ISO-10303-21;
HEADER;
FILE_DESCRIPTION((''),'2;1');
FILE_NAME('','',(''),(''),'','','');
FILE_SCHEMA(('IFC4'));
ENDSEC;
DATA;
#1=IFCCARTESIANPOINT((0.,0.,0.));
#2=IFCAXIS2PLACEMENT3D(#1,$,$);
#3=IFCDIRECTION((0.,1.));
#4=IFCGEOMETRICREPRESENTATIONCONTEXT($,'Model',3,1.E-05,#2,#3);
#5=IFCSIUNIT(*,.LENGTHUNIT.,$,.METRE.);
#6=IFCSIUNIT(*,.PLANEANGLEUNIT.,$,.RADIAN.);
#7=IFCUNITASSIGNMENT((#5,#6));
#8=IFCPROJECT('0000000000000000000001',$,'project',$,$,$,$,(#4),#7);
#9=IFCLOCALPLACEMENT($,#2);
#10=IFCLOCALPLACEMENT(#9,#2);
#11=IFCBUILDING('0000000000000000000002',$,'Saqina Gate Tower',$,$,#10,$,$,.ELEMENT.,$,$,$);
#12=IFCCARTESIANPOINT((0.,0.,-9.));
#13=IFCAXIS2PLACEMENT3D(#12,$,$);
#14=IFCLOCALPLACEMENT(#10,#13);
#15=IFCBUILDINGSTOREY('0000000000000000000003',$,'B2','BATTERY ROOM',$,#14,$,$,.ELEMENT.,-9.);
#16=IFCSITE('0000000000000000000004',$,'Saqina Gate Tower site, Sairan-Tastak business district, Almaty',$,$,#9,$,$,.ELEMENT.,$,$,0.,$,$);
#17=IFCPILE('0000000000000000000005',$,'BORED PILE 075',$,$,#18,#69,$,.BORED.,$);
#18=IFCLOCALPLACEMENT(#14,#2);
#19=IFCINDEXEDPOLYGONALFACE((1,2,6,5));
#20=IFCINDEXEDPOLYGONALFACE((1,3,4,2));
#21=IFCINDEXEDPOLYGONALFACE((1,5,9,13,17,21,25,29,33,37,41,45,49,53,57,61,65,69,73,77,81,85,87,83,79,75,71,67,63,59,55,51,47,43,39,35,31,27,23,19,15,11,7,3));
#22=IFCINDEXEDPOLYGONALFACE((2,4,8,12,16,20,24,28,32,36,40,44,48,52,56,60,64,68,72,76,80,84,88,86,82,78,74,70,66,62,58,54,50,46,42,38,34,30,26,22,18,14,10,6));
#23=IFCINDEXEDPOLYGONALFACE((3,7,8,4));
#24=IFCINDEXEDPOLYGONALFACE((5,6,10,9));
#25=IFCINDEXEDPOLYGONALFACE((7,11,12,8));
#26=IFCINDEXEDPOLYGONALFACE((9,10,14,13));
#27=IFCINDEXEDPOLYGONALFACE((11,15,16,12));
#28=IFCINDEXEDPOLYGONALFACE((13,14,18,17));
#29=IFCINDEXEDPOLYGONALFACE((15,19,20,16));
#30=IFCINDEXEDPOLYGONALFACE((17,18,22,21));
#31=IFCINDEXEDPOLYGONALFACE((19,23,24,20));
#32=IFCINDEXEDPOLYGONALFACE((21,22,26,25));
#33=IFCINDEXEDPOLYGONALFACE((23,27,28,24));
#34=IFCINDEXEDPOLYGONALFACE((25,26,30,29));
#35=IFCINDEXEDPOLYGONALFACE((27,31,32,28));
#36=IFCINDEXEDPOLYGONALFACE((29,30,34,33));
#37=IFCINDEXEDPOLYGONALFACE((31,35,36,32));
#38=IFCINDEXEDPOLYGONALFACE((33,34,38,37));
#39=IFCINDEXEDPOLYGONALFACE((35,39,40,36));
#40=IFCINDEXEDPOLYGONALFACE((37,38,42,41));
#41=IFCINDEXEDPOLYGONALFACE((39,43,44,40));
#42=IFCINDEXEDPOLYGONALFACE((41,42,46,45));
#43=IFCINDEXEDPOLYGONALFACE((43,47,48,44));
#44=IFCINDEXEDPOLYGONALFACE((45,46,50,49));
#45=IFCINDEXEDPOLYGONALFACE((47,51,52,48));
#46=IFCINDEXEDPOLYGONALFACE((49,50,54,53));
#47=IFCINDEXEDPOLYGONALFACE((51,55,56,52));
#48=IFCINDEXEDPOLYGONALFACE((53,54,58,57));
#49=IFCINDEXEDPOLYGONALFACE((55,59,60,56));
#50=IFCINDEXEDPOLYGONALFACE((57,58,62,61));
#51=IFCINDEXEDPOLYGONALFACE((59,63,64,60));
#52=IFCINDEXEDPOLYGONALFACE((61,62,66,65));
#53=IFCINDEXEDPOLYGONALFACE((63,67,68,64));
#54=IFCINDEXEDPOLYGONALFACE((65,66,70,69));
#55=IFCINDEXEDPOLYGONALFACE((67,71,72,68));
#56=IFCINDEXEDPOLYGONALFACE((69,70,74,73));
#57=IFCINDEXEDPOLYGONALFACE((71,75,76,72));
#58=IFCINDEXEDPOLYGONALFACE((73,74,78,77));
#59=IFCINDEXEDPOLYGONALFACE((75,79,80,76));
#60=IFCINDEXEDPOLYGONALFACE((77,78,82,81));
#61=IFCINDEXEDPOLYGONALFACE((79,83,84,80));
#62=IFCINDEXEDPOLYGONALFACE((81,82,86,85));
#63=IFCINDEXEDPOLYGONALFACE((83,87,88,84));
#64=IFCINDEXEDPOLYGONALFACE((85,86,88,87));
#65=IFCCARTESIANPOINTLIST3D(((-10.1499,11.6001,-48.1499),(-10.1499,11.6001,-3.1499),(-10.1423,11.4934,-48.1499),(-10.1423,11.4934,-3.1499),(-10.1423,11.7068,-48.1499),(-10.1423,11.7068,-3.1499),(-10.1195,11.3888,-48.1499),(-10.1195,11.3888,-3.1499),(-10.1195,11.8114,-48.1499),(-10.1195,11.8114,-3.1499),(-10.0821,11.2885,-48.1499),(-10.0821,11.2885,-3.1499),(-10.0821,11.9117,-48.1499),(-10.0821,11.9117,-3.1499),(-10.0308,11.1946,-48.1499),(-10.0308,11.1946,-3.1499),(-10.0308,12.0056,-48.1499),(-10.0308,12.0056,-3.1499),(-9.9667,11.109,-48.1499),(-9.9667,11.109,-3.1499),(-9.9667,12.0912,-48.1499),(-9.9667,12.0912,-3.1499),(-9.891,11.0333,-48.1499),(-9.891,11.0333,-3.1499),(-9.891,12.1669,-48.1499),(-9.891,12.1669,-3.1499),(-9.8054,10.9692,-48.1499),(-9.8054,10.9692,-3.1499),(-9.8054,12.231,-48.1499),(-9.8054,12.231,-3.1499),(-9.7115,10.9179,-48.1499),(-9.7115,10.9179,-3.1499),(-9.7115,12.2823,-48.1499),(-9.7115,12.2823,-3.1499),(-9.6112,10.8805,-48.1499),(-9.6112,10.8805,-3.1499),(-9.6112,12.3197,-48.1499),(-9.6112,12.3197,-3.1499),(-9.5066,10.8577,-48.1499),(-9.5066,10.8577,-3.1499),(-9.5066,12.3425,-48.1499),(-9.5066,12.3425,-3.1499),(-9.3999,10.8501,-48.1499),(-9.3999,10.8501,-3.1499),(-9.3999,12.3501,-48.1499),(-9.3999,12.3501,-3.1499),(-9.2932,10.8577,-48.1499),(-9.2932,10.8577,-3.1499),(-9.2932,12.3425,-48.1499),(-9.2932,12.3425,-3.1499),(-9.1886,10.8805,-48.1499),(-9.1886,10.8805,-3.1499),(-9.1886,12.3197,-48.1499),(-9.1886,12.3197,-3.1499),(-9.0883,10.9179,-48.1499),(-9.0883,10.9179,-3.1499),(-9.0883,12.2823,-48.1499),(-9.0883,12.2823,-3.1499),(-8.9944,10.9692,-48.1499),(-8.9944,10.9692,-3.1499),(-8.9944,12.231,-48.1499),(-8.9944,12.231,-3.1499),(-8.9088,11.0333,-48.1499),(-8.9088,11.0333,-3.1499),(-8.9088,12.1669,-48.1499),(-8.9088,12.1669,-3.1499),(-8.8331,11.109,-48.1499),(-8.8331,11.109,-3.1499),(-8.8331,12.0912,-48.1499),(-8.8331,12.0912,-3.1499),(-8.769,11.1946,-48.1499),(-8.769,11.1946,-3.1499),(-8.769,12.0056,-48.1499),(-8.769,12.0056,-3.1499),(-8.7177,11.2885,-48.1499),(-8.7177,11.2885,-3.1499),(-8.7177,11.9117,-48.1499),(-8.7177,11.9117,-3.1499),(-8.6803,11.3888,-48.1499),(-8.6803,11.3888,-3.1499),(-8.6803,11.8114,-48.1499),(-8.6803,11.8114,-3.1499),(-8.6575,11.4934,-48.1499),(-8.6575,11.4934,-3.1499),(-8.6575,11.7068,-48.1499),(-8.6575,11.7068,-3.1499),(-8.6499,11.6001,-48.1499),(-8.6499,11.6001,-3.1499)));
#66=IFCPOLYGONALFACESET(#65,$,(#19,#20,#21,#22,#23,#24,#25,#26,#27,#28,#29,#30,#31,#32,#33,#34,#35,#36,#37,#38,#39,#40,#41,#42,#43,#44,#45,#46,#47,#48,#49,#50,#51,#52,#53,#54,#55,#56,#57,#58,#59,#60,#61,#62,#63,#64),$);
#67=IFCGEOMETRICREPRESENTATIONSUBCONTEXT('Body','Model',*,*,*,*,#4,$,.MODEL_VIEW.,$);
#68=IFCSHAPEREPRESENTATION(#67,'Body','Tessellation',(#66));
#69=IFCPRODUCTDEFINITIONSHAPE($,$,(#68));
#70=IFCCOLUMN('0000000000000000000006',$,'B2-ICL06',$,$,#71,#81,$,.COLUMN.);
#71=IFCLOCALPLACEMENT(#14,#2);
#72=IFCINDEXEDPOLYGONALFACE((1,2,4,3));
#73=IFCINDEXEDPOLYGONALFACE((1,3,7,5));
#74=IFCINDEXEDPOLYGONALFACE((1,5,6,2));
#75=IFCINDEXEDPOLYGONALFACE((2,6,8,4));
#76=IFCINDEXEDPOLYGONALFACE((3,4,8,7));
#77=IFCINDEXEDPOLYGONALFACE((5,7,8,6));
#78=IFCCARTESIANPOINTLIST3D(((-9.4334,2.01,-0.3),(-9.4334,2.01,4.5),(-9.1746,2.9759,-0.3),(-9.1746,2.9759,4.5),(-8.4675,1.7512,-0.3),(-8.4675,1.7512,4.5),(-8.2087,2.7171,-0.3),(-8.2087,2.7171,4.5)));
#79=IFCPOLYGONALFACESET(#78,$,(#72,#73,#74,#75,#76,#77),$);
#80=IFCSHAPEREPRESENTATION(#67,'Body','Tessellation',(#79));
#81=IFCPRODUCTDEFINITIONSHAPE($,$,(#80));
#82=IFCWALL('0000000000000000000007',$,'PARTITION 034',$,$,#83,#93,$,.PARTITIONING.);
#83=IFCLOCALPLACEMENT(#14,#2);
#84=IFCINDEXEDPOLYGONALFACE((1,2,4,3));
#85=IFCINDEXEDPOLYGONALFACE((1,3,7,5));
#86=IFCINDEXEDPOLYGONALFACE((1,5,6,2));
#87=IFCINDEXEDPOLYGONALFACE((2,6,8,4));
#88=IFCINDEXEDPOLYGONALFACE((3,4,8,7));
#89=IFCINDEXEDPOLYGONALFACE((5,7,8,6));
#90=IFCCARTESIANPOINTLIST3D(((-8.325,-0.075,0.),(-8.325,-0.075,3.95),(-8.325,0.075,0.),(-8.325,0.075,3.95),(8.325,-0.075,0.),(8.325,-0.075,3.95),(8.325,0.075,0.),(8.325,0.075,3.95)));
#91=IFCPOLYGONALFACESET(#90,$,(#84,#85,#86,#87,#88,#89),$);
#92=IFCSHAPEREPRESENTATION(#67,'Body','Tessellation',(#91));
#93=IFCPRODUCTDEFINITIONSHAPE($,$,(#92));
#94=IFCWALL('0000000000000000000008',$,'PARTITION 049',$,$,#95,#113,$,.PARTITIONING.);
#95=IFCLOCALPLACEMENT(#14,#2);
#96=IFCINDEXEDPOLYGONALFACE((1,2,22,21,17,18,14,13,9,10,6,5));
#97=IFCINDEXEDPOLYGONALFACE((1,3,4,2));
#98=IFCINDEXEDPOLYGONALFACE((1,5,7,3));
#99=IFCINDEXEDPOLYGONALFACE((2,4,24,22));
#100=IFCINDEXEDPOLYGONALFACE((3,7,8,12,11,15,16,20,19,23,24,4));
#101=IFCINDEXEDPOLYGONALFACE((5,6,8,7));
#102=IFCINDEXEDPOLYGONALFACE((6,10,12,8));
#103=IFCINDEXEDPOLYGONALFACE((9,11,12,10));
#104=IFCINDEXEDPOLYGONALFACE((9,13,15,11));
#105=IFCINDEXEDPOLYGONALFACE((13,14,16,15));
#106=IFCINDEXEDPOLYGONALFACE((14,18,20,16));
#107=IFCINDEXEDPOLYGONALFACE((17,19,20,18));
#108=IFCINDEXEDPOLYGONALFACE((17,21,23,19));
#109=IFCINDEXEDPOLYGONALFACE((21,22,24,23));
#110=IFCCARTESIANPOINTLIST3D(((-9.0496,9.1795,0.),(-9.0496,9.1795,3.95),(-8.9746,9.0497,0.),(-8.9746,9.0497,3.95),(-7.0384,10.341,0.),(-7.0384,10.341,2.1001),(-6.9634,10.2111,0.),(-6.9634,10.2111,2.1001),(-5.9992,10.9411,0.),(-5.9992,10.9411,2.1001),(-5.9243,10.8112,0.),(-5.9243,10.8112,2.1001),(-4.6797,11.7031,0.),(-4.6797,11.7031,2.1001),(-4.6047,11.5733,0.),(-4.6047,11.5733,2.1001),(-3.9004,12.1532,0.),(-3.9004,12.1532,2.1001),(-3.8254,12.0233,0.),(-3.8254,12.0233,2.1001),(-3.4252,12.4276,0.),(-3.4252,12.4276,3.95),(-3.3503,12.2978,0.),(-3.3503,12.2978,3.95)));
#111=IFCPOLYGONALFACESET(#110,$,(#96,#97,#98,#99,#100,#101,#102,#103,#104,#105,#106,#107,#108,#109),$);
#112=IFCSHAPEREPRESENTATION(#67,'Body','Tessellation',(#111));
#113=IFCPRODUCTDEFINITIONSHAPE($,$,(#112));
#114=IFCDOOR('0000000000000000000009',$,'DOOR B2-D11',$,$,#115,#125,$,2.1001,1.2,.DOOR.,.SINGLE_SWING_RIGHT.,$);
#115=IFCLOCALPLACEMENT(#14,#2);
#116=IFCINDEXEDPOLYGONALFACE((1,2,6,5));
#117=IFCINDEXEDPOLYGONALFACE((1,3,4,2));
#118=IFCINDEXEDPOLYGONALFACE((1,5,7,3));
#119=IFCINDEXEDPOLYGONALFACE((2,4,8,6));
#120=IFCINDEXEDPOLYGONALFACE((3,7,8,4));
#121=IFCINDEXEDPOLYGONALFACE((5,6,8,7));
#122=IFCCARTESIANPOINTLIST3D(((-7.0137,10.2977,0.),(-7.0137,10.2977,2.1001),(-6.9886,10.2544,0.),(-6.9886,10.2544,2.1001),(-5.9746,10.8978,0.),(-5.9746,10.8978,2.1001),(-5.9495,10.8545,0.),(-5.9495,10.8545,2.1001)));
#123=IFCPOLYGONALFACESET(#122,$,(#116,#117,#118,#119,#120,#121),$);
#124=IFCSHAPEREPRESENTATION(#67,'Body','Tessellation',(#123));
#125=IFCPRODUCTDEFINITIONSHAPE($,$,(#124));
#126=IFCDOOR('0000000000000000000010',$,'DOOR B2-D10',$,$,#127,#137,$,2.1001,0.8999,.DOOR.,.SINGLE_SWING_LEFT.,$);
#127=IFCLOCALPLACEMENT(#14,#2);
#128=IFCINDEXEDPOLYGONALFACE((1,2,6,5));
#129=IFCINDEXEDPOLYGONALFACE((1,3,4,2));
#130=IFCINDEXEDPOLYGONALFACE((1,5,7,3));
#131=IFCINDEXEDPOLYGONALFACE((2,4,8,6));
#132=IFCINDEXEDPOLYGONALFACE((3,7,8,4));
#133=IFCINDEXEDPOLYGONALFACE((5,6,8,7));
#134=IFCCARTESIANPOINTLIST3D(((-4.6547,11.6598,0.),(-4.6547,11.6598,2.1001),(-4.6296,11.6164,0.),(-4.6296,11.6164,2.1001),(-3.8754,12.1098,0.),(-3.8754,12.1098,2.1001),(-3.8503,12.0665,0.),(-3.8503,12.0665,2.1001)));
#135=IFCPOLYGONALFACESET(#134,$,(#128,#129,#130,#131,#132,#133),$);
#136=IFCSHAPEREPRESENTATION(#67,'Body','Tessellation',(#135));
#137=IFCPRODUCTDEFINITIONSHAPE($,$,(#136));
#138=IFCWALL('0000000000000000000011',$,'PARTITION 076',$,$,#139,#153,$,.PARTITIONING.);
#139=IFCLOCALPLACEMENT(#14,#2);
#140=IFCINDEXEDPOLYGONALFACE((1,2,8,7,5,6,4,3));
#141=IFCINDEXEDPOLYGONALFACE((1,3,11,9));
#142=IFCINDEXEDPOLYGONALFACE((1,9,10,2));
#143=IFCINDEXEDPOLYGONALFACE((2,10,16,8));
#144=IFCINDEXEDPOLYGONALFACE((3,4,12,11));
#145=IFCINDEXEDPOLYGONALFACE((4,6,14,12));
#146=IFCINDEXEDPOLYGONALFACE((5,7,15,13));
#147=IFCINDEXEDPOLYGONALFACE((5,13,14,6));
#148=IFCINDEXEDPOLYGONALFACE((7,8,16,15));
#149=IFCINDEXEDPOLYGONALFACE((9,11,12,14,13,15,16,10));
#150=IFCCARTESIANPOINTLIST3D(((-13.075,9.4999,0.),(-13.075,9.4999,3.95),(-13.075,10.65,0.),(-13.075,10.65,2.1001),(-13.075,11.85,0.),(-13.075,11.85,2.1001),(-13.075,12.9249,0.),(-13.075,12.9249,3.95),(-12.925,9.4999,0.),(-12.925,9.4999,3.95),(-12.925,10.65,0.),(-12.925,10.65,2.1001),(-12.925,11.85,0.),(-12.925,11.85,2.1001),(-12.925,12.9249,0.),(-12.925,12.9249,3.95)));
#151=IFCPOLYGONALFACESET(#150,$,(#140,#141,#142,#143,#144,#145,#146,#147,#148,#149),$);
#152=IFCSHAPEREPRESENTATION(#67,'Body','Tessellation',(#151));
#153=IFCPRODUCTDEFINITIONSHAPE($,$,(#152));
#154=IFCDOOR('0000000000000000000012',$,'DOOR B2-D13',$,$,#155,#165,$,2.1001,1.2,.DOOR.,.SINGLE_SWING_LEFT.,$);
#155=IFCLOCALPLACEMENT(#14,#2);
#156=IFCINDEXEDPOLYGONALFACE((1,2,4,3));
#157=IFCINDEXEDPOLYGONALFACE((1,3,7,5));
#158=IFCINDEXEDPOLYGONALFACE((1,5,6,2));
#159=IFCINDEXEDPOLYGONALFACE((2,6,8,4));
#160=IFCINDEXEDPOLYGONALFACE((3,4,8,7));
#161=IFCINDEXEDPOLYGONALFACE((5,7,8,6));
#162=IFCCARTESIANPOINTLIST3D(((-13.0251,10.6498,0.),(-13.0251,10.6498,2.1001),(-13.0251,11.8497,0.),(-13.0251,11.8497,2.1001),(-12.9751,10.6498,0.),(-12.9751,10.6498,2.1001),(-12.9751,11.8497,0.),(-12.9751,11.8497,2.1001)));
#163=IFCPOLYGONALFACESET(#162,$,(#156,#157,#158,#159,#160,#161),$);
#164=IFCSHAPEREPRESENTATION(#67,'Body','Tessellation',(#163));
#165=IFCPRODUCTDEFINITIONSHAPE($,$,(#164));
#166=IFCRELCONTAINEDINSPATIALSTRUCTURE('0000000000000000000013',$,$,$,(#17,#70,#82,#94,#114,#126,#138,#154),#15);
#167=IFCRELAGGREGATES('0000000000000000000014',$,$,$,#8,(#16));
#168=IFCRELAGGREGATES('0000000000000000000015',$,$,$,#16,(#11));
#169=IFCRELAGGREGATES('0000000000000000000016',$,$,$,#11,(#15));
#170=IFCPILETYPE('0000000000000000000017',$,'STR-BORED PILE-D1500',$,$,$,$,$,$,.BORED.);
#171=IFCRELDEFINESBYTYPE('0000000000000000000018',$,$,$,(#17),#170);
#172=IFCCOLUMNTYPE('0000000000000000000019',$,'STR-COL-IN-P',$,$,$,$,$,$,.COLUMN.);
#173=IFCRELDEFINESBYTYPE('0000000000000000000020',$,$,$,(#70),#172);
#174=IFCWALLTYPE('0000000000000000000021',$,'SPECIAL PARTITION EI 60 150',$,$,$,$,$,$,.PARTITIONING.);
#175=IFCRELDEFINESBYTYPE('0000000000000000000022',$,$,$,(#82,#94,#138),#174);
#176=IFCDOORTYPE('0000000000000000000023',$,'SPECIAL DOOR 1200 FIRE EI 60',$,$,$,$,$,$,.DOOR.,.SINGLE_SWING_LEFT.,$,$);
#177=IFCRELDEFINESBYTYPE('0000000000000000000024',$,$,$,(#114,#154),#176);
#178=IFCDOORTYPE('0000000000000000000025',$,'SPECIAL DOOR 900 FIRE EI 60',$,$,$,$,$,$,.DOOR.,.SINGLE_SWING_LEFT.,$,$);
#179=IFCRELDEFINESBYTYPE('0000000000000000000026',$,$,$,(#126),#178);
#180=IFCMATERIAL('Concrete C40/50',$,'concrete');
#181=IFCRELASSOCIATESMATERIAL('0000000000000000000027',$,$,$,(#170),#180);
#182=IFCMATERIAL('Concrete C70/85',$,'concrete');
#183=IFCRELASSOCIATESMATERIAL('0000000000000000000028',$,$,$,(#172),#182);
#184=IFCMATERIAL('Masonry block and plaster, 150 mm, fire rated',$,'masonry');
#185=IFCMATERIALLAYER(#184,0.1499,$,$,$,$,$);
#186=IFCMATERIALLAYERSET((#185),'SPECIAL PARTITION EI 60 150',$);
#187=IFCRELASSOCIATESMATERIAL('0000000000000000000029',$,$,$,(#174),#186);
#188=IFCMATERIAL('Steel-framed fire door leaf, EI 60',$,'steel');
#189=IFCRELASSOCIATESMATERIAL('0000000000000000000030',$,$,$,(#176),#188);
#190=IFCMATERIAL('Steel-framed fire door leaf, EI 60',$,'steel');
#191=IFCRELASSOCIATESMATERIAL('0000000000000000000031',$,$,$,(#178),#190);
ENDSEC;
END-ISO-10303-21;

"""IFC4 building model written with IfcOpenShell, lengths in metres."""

from ifc_helpers import new_model, si_unit, direction, frame, frame_2d, origin, origin_2d, place, context, subcontext, project, spatial, rectangle, circle, extrude, material, layer, layer_set, material_profile, profile_set, type_object, element, fill, save


model = new_model("IFC4")

# Units and contexts
model_context = context("Model", 3, precision=1e-05, world=origin(), true_north=direction((0.0, 1.0)))
body_context = subcontext(model_context, "Body", "Model", "MODEL_VIEW")
ifc_project = project(units=[si_unit("LENGTHUNIT", "METRE"), si_unit("PLANEANGLEUNIT", "RADIAN")], contexts=[model_context])

# Site, building, storey
site_placement = place(None, origin())
site = spatial("IfcSite", under=ifc_project, at=site_placement, Name="Saqina Gate Tower site, Sairan-Tastak business district, Almaty", CompositionType="ELEMENT", RefElevation=0.0)
building_placement = place(site_placement, origin())
building = spatial("IfcBuilding", under=site, at=building_placement, Name="Saqina Gate Tower", CompositionType="ELEMENT")
storey_placement = place(building_placement, frame((0.0, 0.0, -9.0)))
storey = spatial("IfcBuildingStorey", under=building, at=storey_placement, Name="B2", Description="BATTERY ROOM", CompositionType="ELEMENT", Elevation=-9.0)

# Pile
ifc_material_1 = material(Name="Concrete C40/50", Category="concrete")
ifc_material_profile_1 = material_profile(ifc_material_1, circle(Radius=0.75, at=origin_2d()), Name="RC D1500")
ifc_profile_set_1 = profile_set([ifc_material_profile_1], Name="Concrete C40/50")
pile_type = type_object("IfcPileType", Name="STR-BORED PILE-D1500", PredefinedType="BORED", material=ifc_profile_set_1)
for number, where, z_axis, x_axis, name in (
    (1, (-9.3999, 11.6001, -3.1499), (0.0, 0.0, -1.0), (1.0, 0.0, 0.0), "BORED PILE 075"),
):
    element("IfcPile", number, at=place(storey_placement, frame(where, z_axis=z_axis, x_axis=x_axis)), inside=storey, type_object=pile_type, Name=name, PredefinedType="BORED", context=body_context, shape_type="SweptSolid", body=[
        extrude(circle(Radius=0.75, at=origin_2d()), origin(), (0.0, 0.0, 1.0), 45.0),
    ])

# Column
ifc_material_2 = material(Name="Concrete C70/85", Category="concrete")
ifc_material_profile_2 = material_profile(ifc_material_2, rectangle(XDim=1.0, YDim=1.0, at=origin_2d()), Name="RC 1000x1000")
ifc_profile_set_2 = profile_set([ifc_material_profile_2], Name="Concrete C70/85")
column_type = type_object("IfcColumnType", Name="STR-COL-IN-P", PredefinedType="COLUMN", material=ifc_profile_set_2)
column_placement = place(storey_placement, frame((-8.821, 2.3635, -0.3), z_axis=(0.0, 0.0, 1.0), x_axis=(-0.965926, 0.258819, 0.0)))
element("IfcColumn", 2, at=column_placement, inside=storey, type_object=column_type, Name="B2-ICL06", PredefinedType="COLUMN", context=body_context, shape_type="SweptSolid", body=[
    extrude(rectangle(XDim=1.0, YDim=1.0, at=origin_2d()), origin(), (0.0, 0.0, 1.0), 4.8),
])

# Wall
ifc_material_3 = material(Name="Masonry block and plaster, 150 mm, fire rated", Category="masonry")
ifc_layer_1 = layer(ifc_material_3, 0.1499)
ifc_layer_set_1 = layer_set([ifc_layer_1], Name="SPECIAL PARTITION EI 60 150")
wall_type_1 = type_object("IfcWallType", Name="SPECIAL PARTITION EI 60 150", PredefinedType="PARTITIONING", material=ifc_layer_set_1)
wall_1_placement = place(storey_placement, frame((-8.325, 0.0, 0.0), z_axis=(0.0, 0.0, 1.0), x_axis=(1.0, 0.0, 0.0)))
element("IfcWall", 3, at=wall_1_placement, inside=storey, type_object=wall_type_1, Name="PARTITION 034", PredefinedType="PARTITIONING", context=body_context, shape_type="SweptSolid", body=[
    extrude(rectangle(XDim=16.6499, YDim=0.1499, at=frame_2d((8.325, 0.0))), origin(), (0.0, 0.0, 1.0), 3.95),
])

# Wall, openings, doors
wall_2_placement = place(storey_placement, frame((-9.0122, 9.1145, 0.0), z_axis=(0.0, 0.0, 1.0), x_axis=(0.865967, 0.500101, 0.0)))
wall_2 = element("IfcWall", 4, at=wall_2_placement, inside=storey, type_object=wall_type_1, Name="PARTITION 049", PredefinedType="PARTITIONING", context=body_context, shape_type="SweptSolid", body=[
    extrude(rectangle(XDim=6.4949, YDim=0.1499, at=frame_2d((3.2476, 0.0))), origin(), (0.0, 0.0, 1.0), 3.95),
])
opening_1_placement = place(wall_2_placement, frame((5.0464, 0.0, 0.0)))
opening_1 = element("IfcOpeningElement", 5, at=opening_1_placement, cuts=wall_2, PredefinedType="OPENING", context=body_context, shape_type="SweptSolid", body=[
    extrude(rectangle(XDim=0.8999, YDim=2.1001, at=frame_2d((0.45, 1.05))), frame((0.0, 0.0869, 0.0), z_axis=(0.0, -1.0, 0.0), x_axis=(1.0, 0.0, 0.0)), (0.0, 0.0, 1.0), 0.1738),
])
opening_2_placement = place(wall_2_placement, frame((2.3225, 0.0, 0.0)))
opening_2 = element("IfcOpeningElement", 6, at=opening_2_placement, cuts=wall_2, PredefinedType="OPENING", context=body_context, shape_type="SweptSolid", body=[
    extrude(rectangle(XDim=1.2, YDim=2.1001, at=frame_2d((0.6001, 1.05))), frame((0.0, 0.0869, 0.0), z_axis=(0.0, -1.0, 0.0), x_axis=(1.0, 0.0, 0.0)), (0.0, 0.0, 1.0), 0.1738),
])
ifc_material_4 = material(Name="Steel-framed fire door leaf, EI 60", Category="steel")
door_type_1 = type_object("IfcDoorType", Name="SPECIAL DOOR 1200 FIRE EI 60", OperationType="SINGLE_SWING_LEFT", PredefinedType="DOOR", material=ifc_material_4)
door_1_placement = place(opening_2_placement, frame((1.2, 0.0, 0.0), z_axis=(0.0, 0.0, 1.0), x_axis=(-1.0, 0.0, 0.0)))
door_1 = element("IfcDoor", 7, at=door_1_placement, inside=storey, type_object=door_type_1, Name="DOOR B2-D11", OperationType="SINGLE_SWING_RIGHT", OverallHeight=2.1001, OverallWidth=1.2, PredefinedType="DOOR", context=body_context, shape_type="SweptSolid", body=[
    extrude(rectangle(XDim=1.2, YDim=2.1001, at=frame_2d((0.6001, 1.05))), frame((0.0, 0.0249, 0.0), z_axis=(0.0, -1.0, 0.0), x_axis=(1.0, 0.0, 0.0)), (0.0, 0.0, 1.0), 0.05),
])
fill(opening_2, door_1)
ifc_material_5 = material(Name="Steel-framed fire door leaf, EI 60", Category="steel")
door_type_2 = type_object("IfcDoorType", Name="SPECIAL DOOR 900 FIRE EI 60", OperationType="SINGLE_SWING_LEFT", PredefinedType="DOOR", material=ifc_material_5)
door_2_placement = place(opening_1_placement, origin())
door_2 = element("IfcDoor", 8, at=door_2_placement, inside=storey, type_object=door_type_2, Name="DOOR B2-D10", OperationType="SINGLE_SWING_LEFT", OverallHeight=2.1001, OverallWidth=0.8999, PredefinedType="DOOR", context=body_context, shape_type="SweptSolid", body=[
    extrude(rectangle(XDim=0.8999, YDim=2.1001, at=frame_2d((0.45, 1.05))), frame((0.0, 0.0249, 0.0), z_axis=(0.0, -1.0, 0.0), x_axis=(1.0, 0.0, 0.0)), (0.0, 0.0, 1.0), 0.05),
])
fill(opening_1, door_2)

# Wall, opening, door
wall_3_placement = place(storey_placement, frame((-13.0, 9.5, 0.0), z_axis=(0.0, 0.0, 1.0), x_axis=(0.0, 1.0, 0.0)))
wall_3 = element("IfcWall", 9, at=wall_3_placement, inside=storey, type_object=wall_type_1, Name="PARTITION 076", PredefinedType="PARTITIONING", context=body_context, shape_type="SweptSolid", body=[
    extrude(rectangle(XDim=3.425, YDim=0.1499, at=frame_2d((1.7124, 0.0))), origin(), (0.0, 0.0, 1.0), 3.95),
])
opening_3_placement = place(wall_3_placement, frame((1.1499, 0.0, 0.0)))
opening_3 = element("IfcOpeningElement", 10, at=opening_3_placement, cuts=wall_3, PredefinedType="OPENING", context=body_context, shape_type="SweptSolid", body=[
    extrude(rectangle(XDim=1.2, YDim=2.1001, at=frame_2d((0.6001, 1.05))), frame((0.0, 0.0869, 0.0), z_axis=(0.0, -1.0, 0.0), x_axis=(1.0, 0.0, 0.0)), (0.0, 0.0, 1.0), 0.1738),
])
door_3_placement = place(opening_3_placement, frame((1.2, 0.0, 0.0), z_axis=(0.0, 0.0, 1.0), x_axis=(-1.0, 0.0, 0.0)))
door_3 = element("IfcDoor", 11, at=door_3_placement, inside=storey, type_object=door_type_1, Name="DOOR B2-D13", OperationType="SINGLE_SWING_LEFT", OverallHeight=2.1001, OverallWidth=1.2, PredefinedType="DOOR", context=body_context, shape_type="SweptSolid", body=[
    extrude(rectangle(XDim=1.2, YDim=2.1001, at=frame_2d((0.6001, 1.05))), frame((0.0, 0.0249, 0.0), z_axis=(0.0, -1.0, 0.0), x_axis=(1.0, 0.0, 0.0)), (0.0, 0.0, 1.0), 0.05),
])
fill(opening_3, door_3)

save(model, "model.ifc")
